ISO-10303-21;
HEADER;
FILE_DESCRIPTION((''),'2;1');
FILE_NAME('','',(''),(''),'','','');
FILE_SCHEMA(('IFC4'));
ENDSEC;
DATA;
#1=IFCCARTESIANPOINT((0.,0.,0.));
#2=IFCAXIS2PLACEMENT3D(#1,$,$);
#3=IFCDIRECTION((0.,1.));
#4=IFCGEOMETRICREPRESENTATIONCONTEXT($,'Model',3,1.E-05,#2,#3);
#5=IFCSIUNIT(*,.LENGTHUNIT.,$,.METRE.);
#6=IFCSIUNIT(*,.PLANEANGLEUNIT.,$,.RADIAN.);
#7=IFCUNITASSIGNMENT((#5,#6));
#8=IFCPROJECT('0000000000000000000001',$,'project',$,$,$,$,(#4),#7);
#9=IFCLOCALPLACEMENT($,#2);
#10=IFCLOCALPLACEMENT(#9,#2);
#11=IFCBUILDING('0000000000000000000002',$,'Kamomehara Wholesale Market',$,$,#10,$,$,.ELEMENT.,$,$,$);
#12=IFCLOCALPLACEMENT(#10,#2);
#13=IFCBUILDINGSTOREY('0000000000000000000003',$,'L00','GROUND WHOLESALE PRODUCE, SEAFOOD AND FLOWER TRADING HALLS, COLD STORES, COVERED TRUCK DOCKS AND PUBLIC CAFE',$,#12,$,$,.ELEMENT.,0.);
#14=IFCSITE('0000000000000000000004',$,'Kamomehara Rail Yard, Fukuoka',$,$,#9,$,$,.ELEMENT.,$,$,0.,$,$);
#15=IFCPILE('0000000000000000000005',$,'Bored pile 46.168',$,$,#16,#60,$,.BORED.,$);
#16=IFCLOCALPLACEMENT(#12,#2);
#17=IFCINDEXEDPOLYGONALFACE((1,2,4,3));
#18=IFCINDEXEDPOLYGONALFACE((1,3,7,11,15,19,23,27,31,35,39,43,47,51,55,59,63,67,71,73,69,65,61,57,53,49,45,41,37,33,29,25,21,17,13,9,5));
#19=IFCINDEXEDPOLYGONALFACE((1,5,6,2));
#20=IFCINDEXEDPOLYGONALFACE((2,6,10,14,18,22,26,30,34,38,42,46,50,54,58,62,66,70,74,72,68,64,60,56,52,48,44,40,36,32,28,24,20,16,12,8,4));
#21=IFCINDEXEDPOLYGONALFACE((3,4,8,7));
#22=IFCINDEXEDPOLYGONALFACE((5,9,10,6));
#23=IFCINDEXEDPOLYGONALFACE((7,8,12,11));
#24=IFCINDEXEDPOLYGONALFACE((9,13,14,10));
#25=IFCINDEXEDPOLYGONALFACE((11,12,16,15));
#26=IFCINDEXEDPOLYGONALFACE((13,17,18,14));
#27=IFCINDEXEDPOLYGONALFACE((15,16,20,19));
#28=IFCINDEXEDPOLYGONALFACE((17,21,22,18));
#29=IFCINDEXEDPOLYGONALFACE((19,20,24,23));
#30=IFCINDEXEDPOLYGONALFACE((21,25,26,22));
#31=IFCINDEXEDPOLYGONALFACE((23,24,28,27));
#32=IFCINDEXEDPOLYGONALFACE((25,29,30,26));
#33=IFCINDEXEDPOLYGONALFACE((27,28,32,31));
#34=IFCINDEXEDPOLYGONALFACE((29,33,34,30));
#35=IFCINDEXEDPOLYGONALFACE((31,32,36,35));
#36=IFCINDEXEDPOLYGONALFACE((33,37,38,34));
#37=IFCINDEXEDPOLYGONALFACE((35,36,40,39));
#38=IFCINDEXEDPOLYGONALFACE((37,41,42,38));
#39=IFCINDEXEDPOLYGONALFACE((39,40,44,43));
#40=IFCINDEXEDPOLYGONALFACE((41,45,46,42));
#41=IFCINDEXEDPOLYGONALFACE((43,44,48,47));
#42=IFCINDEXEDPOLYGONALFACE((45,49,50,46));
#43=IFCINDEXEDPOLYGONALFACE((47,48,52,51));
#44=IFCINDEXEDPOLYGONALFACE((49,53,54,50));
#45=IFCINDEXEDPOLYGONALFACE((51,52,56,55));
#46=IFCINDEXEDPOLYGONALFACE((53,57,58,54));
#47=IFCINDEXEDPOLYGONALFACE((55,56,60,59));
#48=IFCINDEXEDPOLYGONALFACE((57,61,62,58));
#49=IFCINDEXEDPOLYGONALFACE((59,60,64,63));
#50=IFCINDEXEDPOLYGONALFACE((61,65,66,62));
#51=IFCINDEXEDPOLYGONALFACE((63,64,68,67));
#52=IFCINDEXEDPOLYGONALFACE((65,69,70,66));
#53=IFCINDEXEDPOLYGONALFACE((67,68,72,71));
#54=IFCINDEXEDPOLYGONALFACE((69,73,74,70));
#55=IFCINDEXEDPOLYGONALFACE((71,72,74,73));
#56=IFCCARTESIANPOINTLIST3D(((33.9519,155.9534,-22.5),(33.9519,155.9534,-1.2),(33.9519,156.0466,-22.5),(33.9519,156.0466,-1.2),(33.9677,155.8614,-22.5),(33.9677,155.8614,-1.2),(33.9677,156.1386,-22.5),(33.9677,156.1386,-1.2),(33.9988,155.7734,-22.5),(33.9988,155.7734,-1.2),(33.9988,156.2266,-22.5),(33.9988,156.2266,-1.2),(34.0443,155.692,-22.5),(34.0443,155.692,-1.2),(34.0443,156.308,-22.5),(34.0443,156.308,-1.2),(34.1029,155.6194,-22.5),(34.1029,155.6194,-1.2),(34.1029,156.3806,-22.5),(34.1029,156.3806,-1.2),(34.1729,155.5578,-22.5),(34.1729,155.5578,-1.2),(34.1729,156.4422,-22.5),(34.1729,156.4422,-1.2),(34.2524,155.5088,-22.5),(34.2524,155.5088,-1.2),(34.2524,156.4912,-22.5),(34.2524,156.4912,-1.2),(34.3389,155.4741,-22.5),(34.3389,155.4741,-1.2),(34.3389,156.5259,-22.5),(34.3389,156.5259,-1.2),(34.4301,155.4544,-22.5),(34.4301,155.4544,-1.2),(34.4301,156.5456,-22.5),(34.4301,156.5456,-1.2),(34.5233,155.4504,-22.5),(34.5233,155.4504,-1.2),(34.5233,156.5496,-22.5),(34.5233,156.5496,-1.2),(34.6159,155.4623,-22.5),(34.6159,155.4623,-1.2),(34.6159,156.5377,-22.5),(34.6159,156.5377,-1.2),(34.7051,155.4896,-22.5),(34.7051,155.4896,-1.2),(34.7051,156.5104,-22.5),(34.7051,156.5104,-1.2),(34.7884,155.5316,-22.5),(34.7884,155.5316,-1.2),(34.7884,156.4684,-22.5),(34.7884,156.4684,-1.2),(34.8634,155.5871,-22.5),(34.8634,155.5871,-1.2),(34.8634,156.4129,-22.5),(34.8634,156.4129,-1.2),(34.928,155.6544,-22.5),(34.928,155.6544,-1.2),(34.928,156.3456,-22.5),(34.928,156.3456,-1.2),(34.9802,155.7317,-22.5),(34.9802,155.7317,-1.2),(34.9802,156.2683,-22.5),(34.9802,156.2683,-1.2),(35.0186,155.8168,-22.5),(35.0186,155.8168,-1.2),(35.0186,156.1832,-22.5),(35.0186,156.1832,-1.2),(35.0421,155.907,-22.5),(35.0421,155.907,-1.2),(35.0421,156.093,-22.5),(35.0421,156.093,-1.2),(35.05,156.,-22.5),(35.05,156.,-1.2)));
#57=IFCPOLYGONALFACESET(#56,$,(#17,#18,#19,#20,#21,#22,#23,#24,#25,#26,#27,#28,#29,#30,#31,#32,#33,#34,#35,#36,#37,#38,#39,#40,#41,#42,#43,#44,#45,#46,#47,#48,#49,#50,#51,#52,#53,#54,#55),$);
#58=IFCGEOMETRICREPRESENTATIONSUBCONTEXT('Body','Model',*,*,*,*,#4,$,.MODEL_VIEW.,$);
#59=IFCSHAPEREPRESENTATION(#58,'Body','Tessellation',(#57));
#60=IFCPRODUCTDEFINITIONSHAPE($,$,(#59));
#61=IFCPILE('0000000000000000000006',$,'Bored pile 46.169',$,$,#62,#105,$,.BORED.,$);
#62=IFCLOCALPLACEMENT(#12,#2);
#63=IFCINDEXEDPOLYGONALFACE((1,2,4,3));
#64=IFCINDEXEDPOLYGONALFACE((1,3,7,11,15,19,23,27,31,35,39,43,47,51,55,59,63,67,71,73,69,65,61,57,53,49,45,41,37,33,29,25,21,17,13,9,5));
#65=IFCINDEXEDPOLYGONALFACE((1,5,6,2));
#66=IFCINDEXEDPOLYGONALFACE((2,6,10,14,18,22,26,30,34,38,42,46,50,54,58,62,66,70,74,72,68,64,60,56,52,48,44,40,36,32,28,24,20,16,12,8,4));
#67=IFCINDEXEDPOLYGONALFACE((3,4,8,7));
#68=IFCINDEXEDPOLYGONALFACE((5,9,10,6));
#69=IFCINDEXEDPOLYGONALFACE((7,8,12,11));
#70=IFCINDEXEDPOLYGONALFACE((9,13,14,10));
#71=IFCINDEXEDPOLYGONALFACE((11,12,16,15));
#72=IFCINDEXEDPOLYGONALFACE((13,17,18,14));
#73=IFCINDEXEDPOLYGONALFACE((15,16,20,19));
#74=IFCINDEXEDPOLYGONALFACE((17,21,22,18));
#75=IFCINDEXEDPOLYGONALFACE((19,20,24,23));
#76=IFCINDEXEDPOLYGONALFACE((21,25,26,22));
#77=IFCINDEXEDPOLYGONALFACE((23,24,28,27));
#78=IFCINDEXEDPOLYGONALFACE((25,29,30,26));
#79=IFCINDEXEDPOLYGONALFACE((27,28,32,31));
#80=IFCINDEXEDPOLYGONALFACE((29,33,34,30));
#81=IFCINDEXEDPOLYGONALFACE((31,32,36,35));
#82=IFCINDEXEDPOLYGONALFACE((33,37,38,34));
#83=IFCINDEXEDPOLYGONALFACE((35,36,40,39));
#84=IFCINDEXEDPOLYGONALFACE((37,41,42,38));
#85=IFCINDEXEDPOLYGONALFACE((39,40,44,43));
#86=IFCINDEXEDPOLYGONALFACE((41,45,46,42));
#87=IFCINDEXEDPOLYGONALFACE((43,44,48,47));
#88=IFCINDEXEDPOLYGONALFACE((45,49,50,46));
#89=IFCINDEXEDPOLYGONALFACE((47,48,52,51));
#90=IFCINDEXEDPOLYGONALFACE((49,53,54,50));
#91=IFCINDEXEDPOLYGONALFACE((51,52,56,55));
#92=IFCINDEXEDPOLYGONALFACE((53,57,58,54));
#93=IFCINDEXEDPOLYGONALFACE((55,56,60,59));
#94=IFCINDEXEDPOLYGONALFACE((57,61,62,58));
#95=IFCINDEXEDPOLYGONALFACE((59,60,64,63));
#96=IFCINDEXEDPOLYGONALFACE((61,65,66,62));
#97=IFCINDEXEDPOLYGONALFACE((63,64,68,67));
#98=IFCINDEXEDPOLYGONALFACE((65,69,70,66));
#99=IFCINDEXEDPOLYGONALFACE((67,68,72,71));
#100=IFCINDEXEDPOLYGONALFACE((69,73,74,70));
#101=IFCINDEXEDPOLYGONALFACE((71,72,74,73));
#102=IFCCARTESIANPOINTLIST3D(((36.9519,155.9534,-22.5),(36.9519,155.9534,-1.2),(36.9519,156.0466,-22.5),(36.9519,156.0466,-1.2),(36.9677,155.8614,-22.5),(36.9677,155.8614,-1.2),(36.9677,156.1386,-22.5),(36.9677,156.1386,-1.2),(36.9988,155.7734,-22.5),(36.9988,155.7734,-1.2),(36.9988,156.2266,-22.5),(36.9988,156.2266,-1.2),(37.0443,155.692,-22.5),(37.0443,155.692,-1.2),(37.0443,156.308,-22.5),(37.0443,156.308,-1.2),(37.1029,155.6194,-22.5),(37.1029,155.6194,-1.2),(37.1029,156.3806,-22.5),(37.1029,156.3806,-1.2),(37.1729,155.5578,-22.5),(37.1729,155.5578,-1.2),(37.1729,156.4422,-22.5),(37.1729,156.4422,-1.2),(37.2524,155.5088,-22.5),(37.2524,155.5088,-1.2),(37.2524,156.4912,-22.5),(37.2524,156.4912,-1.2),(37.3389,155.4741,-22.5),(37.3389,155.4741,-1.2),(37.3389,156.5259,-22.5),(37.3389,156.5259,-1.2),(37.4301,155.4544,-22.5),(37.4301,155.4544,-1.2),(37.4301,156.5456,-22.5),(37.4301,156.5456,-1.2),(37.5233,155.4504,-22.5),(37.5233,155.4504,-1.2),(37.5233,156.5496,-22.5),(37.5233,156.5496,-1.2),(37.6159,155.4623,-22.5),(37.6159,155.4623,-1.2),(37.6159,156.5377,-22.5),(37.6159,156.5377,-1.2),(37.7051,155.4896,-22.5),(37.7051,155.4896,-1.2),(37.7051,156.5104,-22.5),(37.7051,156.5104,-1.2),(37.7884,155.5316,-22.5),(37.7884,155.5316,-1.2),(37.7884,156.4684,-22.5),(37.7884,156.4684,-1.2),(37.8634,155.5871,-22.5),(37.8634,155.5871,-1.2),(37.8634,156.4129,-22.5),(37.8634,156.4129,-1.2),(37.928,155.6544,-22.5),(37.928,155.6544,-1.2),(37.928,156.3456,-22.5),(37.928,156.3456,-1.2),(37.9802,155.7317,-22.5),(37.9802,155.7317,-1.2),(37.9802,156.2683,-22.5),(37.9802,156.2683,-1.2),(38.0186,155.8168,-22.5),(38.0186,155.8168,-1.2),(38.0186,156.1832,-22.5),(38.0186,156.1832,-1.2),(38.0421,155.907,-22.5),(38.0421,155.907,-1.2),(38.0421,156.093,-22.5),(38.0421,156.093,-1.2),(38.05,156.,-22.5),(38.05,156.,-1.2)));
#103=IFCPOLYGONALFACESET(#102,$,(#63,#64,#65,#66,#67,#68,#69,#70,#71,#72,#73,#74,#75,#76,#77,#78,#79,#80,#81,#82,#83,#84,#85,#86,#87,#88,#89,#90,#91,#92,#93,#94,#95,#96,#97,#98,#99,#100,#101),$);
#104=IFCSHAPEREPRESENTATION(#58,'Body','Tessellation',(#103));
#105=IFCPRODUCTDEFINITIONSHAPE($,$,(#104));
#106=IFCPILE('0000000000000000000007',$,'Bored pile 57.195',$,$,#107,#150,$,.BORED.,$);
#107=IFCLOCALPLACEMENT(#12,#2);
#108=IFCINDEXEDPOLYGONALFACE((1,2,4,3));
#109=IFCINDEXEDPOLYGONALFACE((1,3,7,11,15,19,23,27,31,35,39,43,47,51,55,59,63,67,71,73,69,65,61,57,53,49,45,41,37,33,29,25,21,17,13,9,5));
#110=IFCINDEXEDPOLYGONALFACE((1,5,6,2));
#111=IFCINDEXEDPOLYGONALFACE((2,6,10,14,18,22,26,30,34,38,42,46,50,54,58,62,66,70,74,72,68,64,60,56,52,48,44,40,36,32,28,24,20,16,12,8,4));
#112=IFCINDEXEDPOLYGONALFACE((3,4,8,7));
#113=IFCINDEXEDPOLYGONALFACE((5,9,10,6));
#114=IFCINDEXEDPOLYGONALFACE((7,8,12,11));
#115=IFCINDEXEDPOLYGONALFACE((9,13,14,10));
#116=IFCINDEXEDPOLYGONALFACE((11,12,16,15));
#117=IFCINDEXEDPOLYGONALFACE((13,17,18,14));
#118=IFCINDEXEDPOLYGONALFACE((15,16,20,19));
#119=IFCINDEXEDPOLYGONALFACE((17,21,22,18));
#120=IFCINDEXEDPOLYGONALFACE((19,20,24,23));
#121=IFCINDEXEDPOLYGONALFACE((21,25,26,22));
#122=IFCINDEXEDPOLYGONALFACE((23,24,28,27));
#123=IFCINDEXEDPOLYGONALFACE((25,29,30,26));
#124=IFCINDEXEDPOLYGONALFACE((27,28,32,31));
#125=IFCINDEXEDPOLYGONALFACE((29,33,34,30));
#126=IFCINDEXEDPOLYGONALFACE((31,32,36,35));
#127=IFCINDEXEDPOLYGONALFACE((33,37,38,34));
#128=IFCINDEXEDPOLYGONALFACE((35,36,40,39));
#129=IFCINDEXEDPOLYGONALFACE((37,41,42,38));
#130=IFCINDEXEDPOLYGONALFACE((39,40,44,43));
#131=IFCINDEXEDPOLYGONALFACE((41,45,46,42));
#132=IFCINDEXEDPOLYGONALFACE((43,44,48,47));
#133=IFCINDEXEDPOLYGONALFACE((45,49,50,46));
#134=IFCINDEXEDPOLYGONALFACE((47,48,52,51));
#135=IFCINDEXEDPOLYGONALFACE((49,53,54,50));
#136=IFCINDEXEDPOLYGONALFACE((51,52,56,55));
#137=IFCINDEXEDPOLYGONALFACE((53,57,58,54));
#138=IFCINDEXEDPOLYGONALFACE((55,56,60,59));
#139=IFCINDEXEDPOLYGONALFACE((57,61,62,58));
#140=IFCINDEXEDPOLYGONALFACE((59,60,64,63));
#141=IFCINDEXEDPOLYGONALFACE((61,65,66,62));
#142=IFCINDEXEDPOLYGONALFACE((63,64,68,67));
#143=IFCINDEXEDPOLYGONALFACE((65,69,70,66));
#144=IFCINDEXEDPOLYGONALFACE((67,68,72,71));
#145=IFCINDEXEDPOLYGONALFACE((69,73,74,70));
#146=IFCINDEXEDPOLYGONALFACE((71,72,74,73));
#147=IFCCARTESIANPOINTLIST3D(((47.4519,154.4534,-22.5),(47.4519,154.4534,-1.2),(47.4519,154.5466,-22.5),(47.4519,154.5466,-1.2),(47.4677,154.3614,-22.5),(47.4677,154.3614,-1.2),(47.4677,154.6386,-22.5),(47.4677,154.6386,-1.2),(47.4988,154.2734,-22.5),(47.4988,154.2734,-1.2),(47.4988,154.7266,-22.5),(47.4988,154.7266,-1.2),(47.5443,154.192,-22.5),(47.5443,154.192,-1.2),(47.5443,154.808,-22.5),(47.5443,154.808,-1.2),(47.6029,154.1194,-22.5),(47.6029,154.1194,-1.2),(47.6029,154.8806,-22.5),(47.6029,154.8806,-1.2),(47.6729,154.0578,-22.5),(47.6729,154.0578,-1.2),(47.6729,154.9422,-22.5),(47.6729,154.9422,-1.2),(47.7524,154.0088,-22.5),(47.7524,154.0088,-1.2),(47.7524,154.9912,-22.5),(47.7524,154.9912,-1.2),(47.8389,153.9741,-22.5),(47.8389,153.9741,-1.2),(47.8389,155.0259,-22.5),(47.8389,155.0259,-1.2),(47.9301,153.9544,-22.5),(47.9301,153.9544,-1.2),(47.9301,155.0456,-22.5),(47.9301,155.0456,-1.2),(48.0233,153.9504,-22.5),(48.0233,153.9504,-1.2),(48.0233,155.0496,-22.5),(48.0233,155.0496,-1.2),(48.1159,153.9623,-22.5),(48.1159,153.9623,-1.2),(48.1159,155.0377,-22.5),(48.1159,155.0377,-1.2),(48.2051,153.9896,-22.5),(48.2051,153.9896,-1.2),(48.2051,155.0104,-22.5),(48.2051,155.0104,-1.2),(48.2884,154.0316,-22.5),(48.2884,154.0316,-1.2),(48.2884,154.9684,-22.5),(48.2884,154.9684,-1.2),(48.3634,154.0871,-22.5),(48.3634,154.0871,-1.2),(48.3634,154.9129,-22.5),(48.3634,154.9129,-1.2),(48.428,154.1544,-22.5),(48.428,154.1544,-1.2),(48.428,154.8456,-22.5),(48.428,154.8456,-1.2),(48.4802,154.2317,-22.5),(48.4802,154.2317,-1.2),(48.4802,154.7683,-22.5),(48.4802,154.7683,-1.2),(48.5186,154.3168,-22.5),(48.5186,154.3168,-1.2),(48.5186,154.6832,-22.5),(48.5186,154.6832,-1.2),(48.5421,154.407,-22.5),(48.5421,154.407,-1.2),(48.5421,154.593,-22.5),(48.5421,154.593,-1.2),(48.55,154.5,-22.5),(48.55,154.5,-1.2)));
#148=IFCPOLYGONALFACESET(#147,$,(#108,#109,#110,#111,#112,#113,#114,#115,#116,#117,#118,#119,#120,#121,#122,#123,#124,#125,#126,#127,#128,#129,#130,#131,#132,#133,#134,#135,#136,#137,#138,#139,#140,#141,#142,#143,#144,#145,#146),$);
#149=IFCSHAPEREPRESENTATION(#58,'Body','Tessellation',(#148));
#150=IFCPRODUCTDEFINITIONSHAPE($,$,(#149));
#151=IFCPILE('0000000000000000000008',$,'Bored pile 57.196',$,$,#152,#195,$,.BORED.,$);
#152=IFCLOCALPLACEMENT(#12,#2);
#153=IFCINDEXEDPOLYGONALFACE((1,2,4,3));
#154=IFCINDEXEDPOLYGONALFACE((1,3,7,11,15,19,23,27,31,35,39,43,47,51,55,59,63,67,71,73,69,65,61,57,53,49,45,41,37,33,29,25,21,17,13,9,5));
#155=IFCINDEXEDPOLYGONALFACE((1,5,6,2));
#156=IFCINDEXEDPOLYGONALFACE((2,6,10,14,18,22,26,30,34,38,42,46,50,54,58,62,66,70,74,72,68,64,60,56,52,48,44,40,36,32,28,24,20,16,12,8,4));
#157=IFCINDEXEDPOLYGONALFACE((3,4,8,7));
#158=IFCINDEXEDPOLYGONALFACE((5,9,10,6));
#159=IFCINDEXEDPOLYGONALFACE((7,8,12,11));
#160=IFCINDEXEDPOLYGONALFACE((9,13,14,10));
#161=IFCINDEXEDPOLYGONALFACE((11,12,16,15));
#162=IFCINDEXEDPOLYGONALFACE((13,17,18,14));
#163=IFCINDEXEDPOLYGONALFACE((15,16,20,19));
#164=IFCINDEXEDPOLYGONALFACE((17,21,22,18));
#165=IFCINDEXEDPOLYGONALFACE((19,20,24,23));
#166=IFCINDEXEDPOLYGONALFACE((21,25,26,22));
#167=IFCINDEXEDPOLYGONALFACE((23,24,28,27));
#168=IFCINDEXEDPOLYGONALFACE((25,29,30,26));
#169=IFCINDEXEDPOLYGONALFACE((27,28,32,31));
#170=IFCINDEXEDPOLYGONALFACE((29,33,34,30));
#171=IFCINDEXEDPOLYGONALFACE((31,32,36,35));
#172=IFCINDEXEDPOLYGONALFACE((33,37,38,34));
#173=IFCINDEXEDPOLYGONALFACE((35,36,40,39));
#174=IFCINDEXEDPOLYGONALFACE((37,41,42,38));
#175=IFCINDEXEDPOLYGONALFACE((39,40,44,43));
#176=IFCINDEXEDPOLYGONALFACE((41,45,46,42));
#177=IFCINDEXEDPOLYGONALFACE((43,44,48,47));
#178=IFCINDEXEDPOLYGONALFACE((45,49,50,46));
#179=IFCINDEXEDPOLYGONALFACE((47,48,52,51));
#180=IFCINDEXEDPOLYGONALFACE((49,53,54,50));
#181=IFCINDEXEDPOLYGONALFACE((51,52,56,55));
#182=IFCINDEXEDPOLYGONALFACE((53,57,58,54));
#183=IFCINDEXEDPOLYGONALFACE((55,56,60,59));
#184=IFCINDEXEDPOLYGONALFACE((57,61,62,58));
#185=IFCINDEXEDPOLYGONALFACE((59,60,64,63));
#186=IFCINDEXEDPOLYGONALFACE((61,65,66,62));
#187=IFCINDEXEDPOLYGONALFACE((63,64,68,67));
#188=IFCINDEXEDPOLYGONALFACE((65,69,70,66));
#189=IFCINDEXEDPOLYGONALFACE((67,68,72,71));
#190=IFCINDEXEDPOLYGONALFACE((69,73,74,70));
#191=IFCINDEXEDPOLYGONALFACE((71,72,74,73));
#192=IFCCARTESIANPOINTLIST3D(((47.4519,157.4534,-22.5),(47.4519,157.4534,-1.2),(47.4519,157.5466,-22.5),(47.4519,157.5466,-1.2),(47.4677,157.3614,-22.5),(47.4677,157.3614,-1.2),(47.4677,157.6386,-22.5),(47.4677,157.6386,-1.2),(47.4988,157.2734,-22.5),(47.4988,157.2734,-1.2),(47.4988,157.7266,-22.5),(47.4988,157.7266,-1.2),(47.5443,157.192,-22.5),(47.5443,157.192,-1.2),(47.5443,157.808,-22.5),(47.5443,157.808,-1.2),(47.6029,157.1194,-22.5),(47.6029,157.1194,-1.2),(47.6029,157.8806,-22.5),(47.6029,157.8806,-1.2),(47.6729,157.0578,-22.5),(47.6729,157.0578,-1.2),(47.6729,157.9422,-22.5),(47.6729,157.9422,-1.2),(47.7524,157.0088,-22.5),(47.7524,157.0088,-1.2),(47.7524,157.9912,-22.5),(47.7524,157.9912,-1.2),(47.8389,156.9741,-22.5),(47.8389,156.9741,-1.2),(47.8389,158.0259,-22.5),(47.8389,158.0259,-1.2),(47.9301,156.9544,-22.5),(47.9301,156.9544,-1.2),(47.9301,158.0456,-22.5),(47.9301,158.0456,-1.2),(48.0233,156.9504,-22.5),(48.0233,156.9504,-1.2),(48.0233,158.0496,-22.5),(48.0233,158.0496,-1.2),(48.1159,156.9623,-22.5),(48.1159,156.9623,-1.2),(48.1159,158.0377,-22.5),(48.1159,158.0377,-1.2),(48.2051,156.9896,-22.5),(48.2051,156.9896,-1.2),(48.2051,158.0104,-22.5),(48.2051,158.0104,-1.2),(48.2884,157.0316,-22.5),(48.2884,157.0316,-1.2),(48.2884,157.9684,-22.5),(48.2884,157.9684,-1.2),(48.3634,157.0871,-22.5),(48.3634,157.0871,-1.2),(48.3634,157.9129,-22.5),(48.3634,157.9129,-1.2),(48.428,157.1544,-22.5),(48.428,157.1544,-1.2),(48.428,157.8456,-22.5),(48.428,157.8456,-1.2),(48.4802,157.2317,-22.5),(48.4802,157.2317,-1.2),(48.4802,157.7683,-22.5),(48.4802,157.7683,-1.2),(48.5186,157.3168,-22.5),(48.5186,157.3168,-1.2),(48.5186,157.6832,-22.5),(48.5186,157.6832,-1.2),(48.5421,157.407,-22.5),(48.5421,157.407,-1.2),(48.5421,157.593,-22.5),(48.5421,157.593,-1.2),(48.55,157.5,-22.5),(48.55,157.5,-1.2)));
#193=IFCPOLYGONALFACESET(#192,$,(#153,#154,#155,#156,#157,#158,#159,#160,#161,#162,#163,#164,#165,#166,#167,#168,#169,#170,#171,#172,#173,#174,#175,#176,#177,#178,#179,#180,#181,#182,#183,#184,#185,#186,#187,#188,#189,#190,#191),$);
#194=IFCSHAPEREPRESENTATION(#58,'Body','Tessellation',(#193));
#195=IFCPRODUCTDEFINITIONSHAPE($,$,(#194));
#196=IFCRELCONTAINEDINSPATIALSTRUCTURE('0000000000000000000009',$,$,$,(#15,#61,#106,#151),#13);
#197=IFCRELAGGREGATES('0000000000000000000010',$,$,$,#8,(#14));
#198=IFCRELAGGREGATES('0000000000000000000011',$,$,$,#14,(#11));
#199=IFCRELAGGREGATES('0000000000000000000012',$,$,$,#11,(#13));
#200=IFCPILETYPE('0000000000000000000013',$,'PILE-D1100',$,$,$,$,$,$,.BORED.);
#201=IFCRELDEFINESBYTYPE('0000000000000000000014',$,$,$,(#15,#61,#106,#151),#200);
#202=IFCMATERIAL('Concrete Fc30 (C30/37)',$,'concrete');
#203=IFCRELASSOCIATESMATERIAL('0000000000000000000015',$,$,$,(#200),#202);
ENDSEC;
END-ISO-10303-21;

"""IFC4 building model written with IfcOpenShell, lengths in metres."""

from ifc_helpers import new_model, si_unit, direction, frame, origin, origin_2d, place, context, subcontext, project, spatial, circle, extrude, material, material_profile, profile_set, type_object, element, save


model = new_model("IFC4")

# Units and contexts
model_context = context("Model", 3, precision=1e-05, world=origin(), true_north=direction((0.0, 1.0)))
body_context = subcontext(model_context, "Body", "Model", "MODEL_VIEW")
ifc_project = project(units=[si_unit("LENGTHUNIT", "METRE"), si_unit("PLANEANGLEUNIT", "RADIAN")], contexts=[model_context])

# Site, building, storey
site_placement = place(None, origin())
site = spatial("IfcSite", under=ifc_project, at=site_placement, Name="Kamomehara Rail Yard, Fukuoka", CompositionType="ELEMENT", RefElevation=0.0)
building_placement = place(site_placement, origin())
building = spatial("IfcBuilding", under=site, at=building_placement, Name="Kamomehara Wholesale Market", CompositionType="ELEMENT")
storey_placement = place(building_placement, origin())
storey = spatial("IfcBuildingStorey", under=building, at=storey_placement, Name="L00", Description="GROUND WHOLESALE PRODUCE, SEAFOOD AND FLOWER TRADING HALLS, COLD STORES, COVERED TRUCK DOCKS AND PUBLIC CAFE", CompositionType="ELEMENT", Elevation=0.0)

# Piles
ifc_material_1 = material(Name="Concrete Fc30 (C30/37)", Category="concrete")
ifc_material_profile_1 = material_profile(ifc_material_1, circle(Radius=0.55, at=origin_2d()), Name="RC-PILE-D1100")
ifc_profile_set_1 = profile_set([ifc_material_profile_1], Name="Concrete Fc30 (C30/37)")
pile_type_1 = type_object("IfcPileType", Name="PILE-D1100", PredefinedType="BORED", material=ifc_profile_set_1)
for number, where, z_axis, x_axis, name in (
    (1, (34.5, 156.0, -1.2), (0.0, 0.0, -1.0), (1.0, 0.0, 0.0), "Bored pile 46.168"),
    (2, (37.5, 156.0, -1.2), (0.0, 0.0, -1.0), (1.0, 0.0, 0.0), "Bored pile 46.169"),
    (3, (48.0, 154.5, -1.2), (0.0, 0.0, -1.0), (1.0, 0.0, 0.0), "Bored pile 57.195"),
    (4, (48.0, 157.5, -1.2), (0.0, 0.0, -1.0), (1.0, 0.0, 0.0), "Bored pile 57.196"),
):
    element("IfcPile", number, at=place(storey_placement, frame(where, z_axis=z_axis, x_axis=x_axis)), inside=storey, type_object=pile_type_1, Name=name, PredefinedType="BORED", context=body_context, shape_type="SweptSolid", body=[
        extrude(circle(Radius=0.55, at=origin_2d()), origin(), (0.0, 0.0, 1.0), 21.3),
    ])

save(model, "model.ifc")
